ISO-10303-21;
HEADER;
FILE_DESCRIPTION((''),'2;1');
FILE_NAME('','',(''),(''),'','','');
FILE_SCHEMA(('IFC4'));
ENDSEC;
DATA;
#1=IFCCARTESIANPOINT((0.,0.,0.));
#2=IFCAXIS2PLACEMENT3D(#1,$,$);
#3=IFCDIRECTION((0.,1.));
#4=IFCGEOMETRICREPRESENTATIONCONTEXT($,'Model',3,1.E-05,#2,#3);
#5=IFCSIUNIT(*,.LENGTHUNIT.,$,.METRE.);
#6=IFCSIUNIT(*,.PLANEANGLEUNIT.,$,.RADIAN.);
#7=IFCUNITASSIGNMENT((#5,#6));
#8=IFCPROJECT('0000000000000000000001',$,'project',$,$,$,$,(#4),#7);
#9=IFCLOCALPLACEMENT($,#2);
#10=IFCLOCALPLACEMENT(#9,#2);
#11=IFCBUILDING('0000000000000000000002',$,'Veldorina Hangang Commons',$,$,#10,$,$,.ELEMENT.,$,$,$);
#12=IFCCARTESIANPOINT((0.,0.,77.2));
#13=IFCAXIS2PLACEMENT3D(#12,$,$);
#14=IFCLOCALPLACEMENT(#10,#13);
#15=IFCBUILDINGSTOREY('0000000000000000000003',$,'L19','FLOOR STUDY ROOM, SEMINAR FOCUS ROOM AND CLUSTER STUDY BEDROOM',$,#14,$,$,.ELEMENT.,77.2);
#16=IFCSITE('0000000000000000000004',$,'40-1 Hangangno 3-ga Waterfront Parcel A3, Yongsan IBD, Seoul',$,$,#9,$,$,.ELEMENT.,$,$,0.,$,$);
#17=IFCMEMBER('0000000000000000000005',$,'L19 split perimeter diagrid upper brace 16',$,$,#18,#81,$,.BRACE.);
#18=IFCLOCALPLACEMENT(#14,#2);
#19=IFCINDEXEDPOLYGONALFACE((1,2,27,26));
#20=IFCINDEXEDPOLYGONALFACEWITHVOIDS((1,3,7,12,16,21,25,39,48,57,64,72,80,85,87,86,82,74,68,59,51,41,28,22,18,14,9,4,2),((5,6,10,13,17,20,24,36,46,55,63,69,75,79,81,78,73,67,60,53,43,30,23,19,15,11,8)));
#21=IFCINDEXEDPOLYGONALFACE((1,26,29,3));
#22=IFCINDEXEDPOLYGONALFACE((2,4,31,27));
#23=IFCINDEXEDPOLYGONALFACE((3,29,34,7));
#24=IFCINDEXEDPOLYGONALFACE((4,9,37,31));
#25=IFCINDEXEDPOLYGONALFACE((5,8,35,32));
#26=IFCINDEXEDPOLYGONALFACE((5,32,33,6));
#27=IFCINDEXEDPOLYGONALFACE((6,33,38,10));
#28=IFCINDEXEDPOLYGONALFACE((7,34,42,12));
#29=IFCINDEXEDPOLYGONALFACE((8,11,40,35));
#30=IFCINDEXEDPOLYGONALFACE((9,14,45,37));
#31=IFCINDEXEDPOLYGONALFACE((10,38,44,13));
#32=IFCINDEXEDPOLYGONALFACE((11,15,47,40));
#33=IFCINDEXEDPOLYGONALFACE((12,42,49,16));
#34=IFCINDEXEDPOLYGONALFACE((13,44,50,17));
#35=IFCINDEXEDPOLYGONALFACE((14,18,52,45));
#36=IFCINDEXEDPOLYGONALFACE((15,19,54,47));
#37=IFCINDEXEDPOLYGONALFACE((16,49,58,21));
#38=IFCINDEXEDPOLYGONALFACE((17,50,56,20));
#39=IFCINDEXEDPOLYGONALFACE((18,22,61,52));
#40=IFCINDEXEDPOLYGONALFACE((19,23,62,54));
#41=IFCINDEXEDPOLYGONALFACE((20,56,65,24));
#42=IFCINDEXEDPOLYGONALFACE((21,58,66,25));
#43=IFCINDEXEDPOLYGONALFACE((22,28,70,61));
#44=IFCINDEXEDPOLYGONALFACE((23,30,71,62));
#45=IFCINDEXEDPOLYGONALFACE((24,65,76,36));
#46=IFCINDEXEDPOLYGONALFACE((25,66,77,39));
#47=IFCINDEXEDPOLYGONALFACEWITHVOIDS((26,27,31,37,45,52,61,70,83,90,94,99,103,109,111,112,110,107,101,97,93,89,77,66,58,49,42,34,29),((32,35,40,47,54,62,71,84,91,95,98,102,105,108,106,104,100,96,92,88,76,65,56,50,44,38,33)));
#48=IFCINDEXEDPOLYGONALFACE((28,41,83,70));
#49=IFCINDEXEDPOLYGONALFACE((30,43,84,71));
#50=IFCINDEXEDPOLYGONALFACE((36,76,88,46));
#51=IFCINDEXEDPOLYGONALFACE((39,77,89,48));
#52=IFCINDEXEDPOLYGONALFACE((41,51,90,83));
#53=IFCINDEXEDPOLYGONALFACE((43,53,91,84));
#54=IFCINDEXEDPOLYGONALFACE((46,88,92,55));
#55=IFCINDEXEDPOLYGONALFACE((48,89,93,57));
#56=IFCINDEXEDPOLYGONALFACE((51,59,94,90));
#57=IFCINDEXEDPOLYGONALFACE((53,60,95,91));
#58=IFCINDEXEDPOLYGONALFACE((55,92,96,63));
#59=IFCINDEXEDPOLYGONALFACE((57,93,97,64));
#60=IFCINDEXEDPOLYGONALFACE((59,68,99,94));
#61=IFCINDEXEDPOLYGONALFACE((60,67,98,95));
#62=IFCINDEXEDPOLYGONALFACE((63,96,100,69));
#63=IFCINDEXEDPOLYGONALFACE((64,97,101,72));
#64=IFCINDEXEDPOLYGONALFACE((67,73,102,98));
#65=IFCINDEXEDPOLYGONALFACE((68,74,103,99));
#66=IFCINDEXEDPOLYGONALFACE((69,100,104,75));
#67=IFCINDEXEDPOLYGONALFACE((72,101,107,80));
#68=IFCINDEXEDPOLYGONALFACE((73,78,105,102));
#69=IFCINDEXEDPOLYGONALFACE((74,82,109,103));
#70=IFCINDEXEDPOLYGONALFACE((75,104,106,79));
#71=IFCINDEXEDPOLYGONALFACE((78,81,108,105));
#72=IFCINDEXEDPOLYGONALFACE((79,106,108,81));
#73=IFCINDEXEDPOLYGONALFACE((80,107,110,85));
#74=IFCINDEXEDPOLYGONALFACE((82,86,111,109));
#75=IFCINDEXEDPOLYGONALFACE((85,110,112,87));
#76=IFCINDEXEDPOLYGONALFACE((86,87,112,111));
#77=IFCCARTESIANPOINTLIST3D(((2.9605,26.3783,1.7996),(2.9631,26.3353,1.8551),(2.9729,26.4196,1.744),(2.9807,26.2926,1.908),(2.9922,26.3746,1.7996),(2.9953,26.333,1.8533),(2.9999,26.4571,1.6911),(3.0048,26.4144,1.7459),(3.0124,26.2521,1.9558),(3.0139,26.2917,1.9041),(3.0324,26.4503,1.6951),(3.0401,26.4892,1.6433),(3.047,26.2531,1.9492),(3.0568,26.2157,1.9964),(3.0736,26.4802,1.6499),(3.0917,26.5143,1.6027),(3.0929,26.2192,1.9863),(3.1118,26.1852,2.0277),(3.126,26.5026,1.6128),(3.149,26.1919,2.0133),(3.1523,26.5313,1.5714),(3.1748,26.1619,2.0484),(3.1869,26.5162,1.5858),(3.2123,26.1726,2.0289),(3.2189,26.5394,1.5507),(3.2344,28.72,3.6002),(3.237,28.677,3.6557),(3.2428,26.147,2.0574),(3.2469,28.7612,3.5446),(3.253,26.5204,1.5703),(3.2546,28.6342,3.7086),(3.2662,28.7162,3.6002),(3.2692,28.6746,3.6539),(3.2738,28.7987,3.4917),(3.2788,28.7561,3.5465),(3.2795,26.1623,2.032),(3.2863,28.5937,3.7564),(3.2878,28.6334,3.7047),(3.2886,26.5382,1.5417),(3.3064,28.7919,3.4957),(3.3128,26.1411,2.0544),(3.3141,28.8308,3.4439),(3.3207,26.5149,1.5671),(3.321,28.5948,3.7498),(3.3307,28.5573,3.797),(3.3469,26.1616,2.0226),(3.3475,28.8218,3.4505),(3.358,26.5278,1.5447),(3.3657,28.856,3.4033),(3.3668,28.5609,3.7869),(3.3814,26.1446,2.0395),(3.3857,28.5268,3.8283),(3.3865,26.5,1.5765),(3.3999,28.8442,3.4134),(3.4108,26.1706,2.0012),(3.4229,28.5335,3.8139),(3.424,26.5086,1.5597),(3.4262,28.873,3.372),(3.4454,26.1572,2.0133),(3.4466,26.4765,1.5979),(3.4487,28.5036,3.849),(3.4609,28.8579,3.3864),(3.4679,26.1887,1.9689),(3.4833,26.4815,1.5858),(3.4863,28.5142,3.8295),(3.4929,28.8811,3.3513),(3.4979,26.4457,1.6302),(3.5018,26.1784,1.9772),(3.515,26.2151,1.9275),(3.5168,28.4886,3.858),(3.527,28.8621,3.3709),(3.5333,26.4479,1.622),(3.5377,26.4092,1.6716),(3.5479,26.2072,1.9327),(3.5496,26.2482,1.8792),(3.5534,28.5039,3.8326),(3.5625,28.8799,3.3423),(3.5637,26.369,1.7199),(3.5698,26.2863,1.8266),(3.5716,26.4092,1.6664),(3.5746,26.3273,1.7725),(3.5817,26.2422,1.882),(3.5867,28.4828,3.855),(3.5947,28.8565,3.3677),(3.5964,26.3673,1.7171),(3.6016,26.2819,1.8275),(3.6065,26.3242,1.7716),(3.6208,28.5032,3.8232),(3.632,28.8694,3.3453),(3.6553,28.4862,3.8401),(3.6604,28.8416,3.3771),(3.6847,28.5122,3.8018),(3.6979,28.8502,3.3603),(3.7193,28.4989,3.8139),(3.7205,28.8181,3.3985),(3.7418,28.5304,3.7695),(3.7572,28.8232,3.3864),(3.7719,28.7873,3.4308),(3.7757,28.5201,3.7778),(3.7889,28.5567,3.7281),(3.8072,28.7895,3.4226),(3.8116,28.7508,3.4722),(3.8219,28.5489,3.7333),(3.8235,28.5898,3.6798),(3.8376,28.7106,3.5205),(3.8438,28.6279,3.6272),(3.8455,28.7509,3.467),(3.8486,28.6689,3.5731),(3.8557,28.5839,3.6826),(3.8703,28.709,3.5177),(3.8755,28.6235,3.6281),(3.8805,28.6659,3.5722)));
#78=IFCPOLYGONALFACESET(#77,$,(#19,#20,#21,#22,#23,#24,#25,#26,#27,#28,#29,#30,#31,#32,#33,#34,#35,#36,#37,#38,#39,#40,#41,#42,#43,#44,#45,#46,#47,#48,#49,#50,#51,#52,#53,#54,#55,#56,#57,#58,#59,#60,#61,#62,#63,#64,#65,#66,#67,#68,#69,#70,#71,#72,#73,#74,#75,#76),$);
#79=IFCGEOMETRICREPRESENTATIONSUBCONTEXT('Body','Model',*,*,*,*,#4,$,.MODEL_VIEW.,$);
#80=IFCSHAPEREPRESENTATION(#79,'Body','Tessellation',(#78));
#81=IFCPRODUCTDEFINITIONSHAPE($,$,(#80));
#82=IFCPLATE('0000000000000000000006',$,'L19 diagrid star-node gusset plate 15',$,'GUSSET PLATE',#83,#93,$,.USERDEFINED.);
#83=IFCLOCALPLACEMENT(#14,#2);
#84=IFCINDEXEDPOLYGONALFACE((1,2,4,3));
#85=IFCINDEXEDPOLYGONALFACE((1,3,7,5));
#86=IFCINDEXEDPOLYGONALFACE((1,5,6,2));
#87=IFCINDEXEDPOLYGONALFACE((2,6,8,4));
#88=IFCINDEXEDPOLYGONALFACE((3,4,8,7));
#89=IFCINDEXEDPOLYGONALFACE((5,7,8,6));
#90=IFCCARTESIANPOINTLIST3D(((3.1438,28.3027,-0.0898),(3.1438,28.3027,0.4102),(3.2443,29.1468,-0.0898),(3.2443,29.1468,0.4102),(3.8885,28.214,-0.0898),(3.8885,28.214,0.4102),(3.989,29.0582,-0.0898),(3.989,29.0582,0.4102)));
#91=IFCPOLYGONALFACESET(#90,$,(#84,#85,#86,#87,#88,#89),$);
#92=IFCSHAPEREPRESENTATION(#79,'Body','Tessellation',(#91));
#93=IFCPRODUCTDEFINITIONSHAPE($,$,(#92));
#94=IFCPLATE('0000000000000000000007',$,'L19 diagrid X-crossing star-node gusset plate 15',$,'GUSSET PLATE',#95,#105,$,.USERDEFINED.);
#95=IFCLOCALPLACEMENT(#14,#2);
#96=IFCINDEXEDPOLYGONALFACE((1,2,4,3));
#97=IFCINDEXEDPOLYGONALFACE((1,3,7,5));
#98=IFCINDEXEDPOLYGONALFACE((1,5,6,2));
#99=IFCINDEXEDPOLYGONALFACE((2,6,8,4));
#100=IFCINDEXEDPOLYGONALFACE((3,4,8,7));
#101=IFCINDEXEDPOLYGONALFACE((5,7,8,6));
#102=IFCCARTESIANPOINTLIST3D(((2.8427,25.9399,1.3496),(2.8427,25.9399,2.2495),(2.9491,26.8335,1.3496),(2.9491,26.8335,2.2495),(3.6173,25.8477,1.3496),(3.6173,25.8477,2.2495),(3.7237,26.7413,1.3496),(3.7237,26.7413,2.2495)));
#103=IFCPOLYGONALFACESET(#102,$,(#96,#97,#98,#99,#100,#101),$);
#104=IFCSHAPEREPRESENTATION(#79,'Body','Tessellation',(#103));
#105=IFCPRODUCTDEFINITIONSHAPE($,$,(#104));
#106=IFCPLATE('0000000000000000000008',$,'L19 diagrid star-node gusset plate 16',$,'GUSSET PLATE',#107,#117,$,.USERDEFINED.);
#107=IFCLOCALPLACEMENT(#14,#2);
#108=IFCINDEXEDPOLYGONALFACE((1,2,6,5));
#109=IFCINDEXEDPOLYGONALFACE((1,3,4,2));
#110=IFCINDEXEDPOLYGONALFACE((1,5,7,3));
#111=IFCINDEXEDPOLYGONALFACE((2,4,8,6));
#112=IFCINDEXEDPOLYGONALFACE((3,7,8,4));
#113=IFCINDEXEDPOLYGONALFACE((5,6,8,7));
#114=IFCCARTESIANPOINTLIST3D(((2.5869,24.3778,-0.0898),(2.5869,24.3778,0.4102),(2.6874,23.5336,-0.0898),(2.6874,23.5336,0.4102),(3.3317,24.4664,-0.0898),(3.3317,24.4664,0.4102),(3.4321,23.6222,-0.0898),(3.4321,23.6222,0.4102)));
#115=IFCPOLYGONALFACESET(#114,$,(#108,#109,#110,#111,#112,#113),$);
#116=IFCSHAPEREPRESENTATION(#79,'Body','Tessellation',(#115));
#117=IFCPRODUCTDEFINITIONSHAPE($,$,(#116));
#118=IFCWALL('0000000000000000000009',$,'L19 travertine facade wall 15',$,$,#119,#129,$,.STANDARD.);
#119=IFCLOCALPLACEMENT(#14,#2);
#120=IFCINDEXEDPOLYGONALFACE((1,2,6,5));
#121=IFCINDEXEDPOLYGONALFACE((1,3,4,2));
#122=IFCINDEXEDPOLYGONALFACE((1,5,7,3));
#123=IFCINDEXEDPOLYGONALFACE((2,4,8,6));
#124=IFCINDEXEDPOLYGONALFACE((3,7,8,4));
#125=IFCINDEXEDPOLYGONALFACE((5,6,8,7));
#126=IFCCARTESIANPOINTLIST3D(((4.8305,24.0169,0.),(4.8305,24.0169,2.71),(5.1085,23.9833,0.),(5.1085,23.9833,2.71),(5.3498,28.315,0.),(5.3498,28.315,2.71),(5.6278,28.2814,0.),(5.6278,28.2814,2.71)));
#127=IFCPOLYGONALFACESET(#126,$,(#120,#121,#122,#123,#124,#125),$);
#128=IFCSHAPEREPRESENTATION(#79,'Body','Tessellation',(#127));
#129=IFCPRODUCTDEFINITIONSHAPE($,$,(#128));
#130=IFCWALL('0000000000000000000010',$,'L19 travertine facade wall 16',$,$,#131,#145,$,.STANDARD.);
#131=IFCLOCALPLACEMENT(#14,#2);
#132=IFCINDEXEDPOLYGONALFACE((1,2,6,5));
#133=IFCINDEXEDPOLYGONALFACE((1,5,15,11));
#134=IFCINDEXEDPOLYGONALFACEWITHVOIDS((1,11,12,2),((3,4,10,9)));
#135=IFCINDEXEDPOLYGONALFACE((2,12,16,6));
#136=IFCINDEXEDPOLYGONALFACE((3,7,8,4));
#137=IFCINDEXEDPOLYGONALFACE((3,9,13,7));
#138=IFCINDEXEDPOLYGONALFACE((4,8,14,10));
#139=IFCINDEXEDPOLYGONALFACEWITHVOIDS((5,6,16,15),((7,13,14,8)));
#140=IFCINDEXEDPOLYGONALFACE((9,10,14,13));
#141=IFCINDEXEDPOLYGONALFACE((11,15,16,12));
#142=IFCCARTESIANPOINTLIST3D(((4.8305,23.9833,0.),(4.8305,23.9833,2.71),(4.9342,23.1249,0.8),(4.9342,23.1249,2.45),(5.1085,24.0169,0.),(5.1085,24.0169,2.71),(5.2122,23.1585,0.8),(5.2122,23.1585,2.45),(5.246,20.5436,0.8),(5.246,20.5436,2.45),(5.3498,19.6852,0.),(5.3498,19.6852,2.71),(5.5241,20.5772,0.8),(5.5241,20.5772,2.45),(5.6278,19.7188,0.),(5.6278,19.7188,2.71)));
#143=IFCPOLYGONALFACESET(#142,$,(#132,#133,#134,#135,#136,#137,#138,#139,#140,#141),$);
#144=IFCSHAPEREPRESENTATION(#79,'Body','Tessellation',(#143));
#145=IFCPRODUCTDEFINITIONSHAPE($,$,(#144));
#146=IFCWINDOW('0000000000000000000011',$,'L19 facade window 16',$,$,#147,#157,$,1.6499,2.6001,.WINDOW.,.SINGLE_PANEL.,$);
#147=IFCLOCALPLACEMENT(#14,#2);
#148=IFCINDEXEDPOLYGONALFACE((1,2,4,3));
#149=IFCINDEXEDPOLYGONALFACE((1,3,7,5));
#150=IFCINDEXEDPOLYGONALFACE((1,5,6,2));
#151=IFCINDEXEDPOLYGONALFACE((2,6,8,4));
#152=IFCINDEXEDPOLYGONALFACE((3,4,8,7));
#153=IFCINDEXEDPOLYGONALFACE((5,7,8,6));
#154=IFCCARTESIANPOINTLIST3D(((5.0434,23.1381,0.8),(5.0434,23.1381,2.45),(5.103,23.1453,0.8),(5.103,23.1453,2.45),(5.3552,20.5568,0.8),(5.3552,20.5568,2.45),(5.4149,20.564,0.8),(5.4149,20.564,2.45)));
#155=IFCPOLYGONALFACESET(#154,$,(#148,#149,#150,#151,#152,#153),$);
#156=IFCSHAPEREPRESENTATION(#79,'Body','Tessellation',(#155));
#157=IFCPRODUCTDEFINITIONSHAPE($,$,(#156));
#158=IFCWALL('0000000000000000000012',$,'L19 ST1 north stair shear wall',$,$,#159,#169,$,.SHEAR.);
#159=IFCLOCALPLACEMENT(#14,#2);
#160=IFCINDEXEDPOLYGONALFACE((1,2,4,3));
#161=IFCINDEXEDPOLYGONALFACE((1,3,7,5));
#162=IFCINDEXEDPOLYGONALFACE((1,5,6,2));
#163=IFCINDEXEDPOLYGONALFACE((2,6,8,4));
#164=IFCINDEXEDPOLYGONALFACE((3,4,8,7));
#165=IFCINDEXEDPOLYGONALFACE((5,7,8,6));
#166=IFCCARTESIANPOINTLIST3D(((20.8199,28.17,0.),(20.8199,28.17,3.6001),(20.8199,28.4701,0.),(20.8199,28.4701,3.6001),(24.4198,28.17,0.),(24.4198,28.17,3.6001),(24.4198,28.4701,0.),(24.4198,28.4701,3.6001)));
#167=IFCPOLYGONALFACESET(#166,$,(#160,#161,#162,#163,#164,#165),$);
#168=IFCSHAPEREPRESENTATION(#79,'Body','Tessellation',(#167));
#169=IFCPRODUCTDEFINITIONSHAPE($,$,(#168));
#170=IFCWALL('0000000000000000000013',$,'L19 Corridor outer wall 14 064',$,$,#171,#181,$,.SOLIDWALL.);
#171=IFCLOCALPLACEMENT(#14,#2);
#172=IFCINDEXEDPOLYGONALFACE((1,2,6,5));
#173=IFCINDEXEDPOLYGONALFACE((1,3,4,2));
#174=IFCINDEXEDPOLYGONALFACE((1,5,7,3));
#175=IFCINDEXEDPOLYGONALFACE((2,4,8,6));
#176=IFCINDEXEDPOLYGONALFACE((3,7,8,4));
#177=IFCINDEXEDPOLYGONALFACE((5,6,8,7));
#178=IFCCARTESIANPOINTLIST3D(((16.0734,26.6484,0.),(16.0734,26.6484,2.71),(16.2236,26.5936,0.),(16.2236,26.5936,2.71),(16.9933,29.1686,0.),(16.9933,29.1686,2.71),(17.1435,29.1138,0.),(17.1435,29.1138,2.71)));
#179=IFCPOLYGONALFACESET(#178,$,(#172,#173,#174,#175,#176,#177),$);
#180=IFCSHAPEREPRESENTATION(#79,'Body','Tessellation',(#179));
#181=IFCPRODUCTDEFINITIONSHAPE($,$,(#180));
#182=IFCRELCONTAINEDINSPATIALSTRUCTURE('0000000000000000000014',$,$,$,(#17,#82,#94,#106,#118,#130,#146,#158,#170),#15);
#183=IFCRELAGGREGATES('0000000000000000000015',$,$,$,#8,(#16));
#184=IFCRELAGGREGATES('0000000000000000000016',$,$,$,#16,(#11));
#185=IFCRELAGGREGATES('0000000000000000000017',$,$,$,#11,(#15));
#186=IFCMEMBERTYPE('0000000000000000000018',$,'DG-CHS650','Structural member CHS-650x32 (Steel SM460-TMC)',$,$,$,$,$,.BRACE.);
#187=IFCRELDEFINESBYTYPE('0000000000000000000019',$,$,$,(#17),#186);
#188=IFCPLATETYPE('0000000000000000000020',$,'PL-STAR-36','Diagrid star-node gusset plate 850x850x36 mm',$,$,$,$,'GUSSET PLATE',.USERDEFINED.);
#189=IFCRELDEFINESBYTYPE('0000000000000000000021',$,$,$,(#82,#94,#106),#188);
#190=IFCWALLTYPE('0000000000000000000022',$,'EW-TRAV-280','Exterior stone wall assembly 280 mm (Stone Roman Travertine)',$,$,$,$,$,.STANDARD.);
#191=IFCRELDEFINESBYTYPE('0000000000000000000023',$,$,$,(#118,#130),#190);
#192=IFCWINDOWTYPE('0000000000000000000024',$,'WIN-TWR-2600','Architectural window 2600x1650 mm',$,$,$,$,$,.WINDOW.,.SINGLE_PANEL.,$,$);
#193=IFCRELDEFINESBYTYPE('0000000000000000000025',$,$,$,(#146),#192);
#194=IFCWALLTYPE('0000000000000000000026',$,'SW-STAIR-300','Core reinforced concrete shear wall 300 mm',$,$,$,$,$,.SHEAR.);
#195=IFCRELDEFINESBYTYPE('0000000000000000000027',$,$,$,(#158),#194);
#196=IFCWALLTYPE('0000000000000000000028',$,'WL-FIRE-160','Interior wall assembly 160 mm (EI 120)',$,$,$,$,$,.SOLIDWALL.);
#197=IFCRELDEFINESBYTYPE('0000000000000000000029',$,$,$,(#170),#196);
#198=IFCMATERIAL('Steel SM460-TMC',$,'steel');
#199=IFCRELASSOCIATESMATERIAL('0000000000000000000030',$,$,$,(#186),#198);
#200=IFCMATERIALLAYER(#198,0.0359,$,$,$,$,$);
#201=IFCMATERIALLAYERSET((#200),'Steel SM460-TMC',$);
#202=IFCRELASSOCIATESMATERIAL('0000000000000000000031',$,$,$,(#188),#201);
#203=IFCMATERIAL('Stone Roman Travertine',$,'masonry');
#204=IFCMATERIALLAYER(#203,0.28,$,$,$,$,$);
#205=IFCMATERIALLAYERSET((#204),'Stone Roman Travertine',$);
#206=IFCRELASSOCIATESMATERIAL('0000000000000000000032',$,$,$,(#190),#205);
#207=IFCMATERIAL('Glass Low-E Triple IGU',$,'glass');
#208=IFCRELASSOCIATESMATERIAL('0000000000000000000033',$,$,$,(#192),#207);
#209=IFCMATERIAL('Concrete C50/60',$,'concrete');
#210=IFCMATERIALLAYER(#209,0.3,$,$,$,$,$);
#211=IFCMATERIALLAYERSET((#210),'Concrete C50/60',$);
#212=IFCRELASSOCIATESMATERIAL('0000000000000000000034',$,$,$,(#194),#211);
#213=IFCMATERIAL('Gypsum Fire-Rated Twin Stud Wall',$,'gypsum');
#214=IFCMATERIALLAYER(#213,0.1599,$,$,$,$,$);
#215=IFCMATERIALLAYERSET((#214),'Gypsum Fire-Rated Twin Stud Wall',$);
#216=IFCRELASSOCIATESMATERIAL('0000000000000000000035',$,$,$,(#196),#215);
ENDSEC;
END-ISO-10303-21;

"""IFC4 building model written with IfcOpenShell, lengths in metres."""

from ifc_helpers import new_model, si_unit, direction, frame, frame_2d, origin, origin_2d, place, context, subcontext, project, spatial, rectangle, hollow_circle, extrude, material, layer, layer_set, material_profile, profile_set, type_object, element, fill, save


model = new_model("IFC4")

# Units and contexts
model_context = context("Model", 3, precision=1e-05, world=origin(), true_north=direction((0.0, 1.0)))
body_context = subcontext(model_context, "Body", "Model", "MODEL_VIEW")
ifc_project = project(units=[si_unit("LENGTHUNIT", "METRE"), si_unit("PLANEANGLEUNIT", "RADIAN")], contexts=[model_context])

# Site, building, storey
site_placement = place(None, origin())
site = spatial("IfcSite", under=ifc_project, at=site_placement, Name="40-1 Hangangno 3-ga Waterfront Parcel A3, Yongsan IBD, Seoul", CompositionType="ELEMENT", RefElevation=0.0)
building_placement = place(site_placement, origin())
building = spatial("IfcBuilding", under=site, at=building_placement, Name="Veldorina Hangang Commons", CompositionType="ELEMENT")
storey_placement = place(building_placement, frame((0.0, 0.0, 77.2)))
storey = spatial("IfcBuildingStorey", under=building, at=storey_placement, Name="L19", Description="FLOOR STUDY ROOM, SEMINAR FOCUS ROOM AND CLUSTER STUDY BEDROOM", CompositionType="ELEMENT", Elevation=77.2)

# Member
ifc_material_1 = material(Name="Steel SM460-TMC", Category="steel")
ifc_material_profile_1 = material_profile(ifc_material_1, hollow_circle(Radius=0.325, WallThickness=0.032, at=origin_2d()), Name="CHS-650x32")
ifc_profile_set_1 = profile_set([ifc_material_profile_1], Name="Steel SM460-TMC")
member_type = type_object("IfcMemberType", Name="DG-CHS650", Description="Structural member CHS-650x32 (Steel SM460-TMC)", PredefinedType="BRACE", material=ifc_profile_set_1)
member_1_placement = place(storey_placement, frame((3.2832, 26.3406, 1.7996), z_axis=(0.092341, 0.789345, 0.606967), x_axis=(-0.993227, 0.116192, 0.0)))
element("IfcMember", 1, at=member_1_placement, inside=storey, type_object=member_type, Name="L19 split perimeter diagrid upper brace 16", PredefinedType="BRACE", context=body_context, shape_type="SweptSolid", body=[
    extrude(hollow_circle(Radius=0.325, WallThickness=0.032, at=origin_2d()), origin(), (0.0, 0.0, 1.0), 2.9666),
])

# Plates
ifc_layer_1 = layer(ifc_material_1, 0.0359)
ifc_layer_set_1 = layer_set([ifc_layer_1], Name="Steel SM460-TMC")
plate_type = type_object("IfcPlateType", Name="PL-STAR-36", Description="Diagrid star-node gusset plate 850x850x36 mm", ElementType="GUSSET PLATE", PredefinedType="USERDEFINED", material=ifc_layer_set_1)
plate_1_placement = place(storey_placement, frame((3.5664, 28.6804, -0.0898), z_axis=(0.0, 0.0, 1.0), x_axis=(-0.118179, -0.992992, 0.0)))
element("IfcPlate", 2, at=plate_1_placement, inside=storey, type_object=plate_type, Name="L19 diagrid star-node gusset plate 15", ObjectType="GUSSET PLATE", PredefinedType="USERDEFINED", context=body_context, shape_type="SweptSolid", body=[
    extrude(rectangle(XDim=0.8501, YDim=0.75, at=origin_2d()), origin(), (0.0, 0.0, 1.0), 0.5),
])
plate_2_placement = place(storey_placement, frame((3.2832, 26.3406, 1.3496), z_axis=(0.0, 0.0, 1.0), x_axis=(-0.118179, -0.992992, 0.0)))
element("IfcPlate", 3, at=plate_2_placement, inside=storey, type_object=plate_type, Name="L19 diagrid X-crossing star-node gusset plate 15", ObjectType="GUSSET PLATE", PredefinedType="USERDEFINED", context=body_context, shape_type="SweptSolid", body=[
    extrude(rectangle(XDim=0.8999, YDim=0.78, at=origin_2d()), origin(), (0.0, 0.0, 1.0), 0.8999),
])
plate_3_placement = place(storey_placement, frame((3.0095, 24.0, -0.0898), z_axis=(0.0, 0.0, 1.0), x_axis=(0.118179, -0.992992, 0.0)))
element("IfcPlate", 4, at=plate_3_placement, inside=storey, type_object=plate_type, Name="L19 diagrid star-node gusset plate 16", ObjectType="GUSSET PLATE", PredefinedType="USERDEFINED", context=body_context, shape_type="SweptSolid", body=[
    extrude(rectangle(XDim=0.8501, YDim=0.75, at=origin_2d()), origin(), (0.0, 0.0, 1.0), 0.5),
])

# Wall
ifc_material_2 = material(Name="Stone Roman Travertine", Category="masonry")
ifc_layer_2 = layer(ifc_material_2, 0.28)
ifc_layer_set_2 = layer_set([ifc_layer_2], Name="Stone Roman Travertine")
wall_type_1 = type_object("IfcWallType", Name="EW-TRAV-280", Description="Exterior stone wall assembly 280 mm (Stone Roman Travertine)", PredefinedType="STANDARD", material=ifc_layer_set_2)
wall_1_placement = place(storey_placement, frame((5.4888, 28.2981, 0.0), z_axis=(0.0, 0.0, 1.0), x_axis=(-0.119946, -0.99278, 0.0)))
element("IfcWall", 5, at=wall_1_placement, inside=storey, type_object=wall_type_1, Name="L19 travertine facade wall 15", PredefinedType="STANDARD", context=body_context, shape_type="SweptSolid", body=[
    extrude(rectangle(XDim=4.3293, YDim=0.28, at=frame_2d((2.1646, 0.0))), origin(), (0.0, 0.0, 1.0), 2.71),
])

# Wall, opening, window
wall_2_placement = place(storey_placement, frame((4.9695, 24.0, 0.0), z_axis=(0.0, 0.0, 1.0), x_axis=(0.119946, -0.99278, 0.0)))
wall_2 = element("IfcWall", 6, at=wall_2_placement, inside=storey, type_object=wall_type_1, Name="L19 travertine facade wall 16", PredefinedType="STANDARD", context=body_context, shape_type="SweptSolid", body=[
    extrude(rectangle(XDim=4.3293, YDim=0.28, at=frame_2d((2.1646, 0.0))), origin(), (0.0, 0.0, 1.0), 2.71),
])
opening_1_placement = place(wall_2_placement, frame((0.8645, 0.0, 0.8)))
opening_1 = element("IfcOpeningElement", 7, at=opening_1_placement, cuts=wall_2, PredefinedType="OPENING", context=body_context, shape_type="SweptSolid", body=[
    extrude(rectangle(XDim=2.6001, YDim=1.6499, at=frame_2d((1.3, 0.825))), frame((0.0, 0.1499, 0.0), z_axis=(0.0, -1.0, 0.0), x_axis=(1.0, 0.0, 0.0)), (0.0, 0.0, 1.0), 0.3),
])
ifc_material_3 = material(Name="Glass Low-E Triple IGU", Category="glass")
window_type = type_object("IfcWindowType", Name="WIN-TWR-2600", Description="Architectural window 2600x1650 mm", PartitioningType="SINGLE_PANEL", PredefinedType="WINDOW", material=ifc_material_3)
window_placement = place(opening_1_placement, origin())
window = element("IfcWindow", 8, at=window_placement, inside=storey, type_object=window_type, Name="L19 facade window 16", OverallHeight=1.6499, OverallWidth=2.6001, PartitioningType="SINGLE_PANEL", PredefinedType="WINDOW", context=body_context, shape_type="SweptSolid", body=[
    extrude(rectangle(XDim=2.6001, YDim=1.6499, at=frame_2d((1.3, 0.825))), frame((0.0, 0.03, 0.0), z_axis=(0.0, -1.0, 0.0), x_axis=(1.0, 0.0, 0.0)), (0.0, 0.0, 1.0), 0.0601),
])
fill(opening_1, window)

# Walls
ifc_material_4 = material(Name="Concrete C50/60", Category="concrete")
ifc_layer_3 = layer(ifc_material_4, 0.3)
ifc_layer_set_3 = layer_set([ifc_layer_3], Name="Concrete C50/60")
wall_type_2 = type_object("IfcWallType", Name="SW-STAIR-300", Description="Core reinforced concrete shear wall 300 mm", PredefinedType="SHEAR", material=ifc_layer_set_3)
wall_3_placement = place(storey_placement, frame((20.8201, 28.3201, 0.0), z_axis=(0.0, 0.0, 1.0), x_axis=(1.0, 0.0, 0.0)))
element("IfcWall", 9, at=wall_3_placement, inside=storey, type_object=wall_type_2, Name="L19 ST1 north stair shear wall", PredefinedType="SHEAR", context=body_context, shape_type="SweptSolid", body=[
    extrude(rectangle(XDim=3.5999, YDim=0.3, at=frame_2d((1.7998, 0.0))), origin(), (0.0, 0.0, 1.0), 3.6001),
])
ifc_material_5 = material(Name="Gypsum Fire-Rated Twin Stud Wall", Category="gypsum")
ifc_layer_4 = layer(ifc_material_5, 0.1599)
ifc_layer_set_4 = layer_set([ifc_layer_4], Name="Gypsum Fire-Rated Twin Stud Wall")
wall_type_3 = type_object("IfcWallType", Name="WL-FIRE-160", Description="Interior wall assembly 160 mm (EI 120)", PredefinedType="SOLIDWALL", material=ifc_layer_set_4)
wall_4_placement = place(storey_placement, frame((17.0684, 29.1411, 0.0), z_axis=(0.0, 0.0, 1.0), x_axis=(-0.342883, -0.939378, 0.0)))
element("IfcWall", 10, at=wall_4_placement, inside=storey, type_object=wall_type_3, Name="L19 Corridor outer wall 14 064", PredefinedType="SOLIDWALL", context=body_context, shape_type="SweptSolid", body=[
    extrude(rectangle(XDim=2.6829, YDim=0.1599, at=frame_2d((1.3413, 0.0))), origin(), (0.0, 0.0, 1.0), 2.71),
])

save(model, "model.ifc")
